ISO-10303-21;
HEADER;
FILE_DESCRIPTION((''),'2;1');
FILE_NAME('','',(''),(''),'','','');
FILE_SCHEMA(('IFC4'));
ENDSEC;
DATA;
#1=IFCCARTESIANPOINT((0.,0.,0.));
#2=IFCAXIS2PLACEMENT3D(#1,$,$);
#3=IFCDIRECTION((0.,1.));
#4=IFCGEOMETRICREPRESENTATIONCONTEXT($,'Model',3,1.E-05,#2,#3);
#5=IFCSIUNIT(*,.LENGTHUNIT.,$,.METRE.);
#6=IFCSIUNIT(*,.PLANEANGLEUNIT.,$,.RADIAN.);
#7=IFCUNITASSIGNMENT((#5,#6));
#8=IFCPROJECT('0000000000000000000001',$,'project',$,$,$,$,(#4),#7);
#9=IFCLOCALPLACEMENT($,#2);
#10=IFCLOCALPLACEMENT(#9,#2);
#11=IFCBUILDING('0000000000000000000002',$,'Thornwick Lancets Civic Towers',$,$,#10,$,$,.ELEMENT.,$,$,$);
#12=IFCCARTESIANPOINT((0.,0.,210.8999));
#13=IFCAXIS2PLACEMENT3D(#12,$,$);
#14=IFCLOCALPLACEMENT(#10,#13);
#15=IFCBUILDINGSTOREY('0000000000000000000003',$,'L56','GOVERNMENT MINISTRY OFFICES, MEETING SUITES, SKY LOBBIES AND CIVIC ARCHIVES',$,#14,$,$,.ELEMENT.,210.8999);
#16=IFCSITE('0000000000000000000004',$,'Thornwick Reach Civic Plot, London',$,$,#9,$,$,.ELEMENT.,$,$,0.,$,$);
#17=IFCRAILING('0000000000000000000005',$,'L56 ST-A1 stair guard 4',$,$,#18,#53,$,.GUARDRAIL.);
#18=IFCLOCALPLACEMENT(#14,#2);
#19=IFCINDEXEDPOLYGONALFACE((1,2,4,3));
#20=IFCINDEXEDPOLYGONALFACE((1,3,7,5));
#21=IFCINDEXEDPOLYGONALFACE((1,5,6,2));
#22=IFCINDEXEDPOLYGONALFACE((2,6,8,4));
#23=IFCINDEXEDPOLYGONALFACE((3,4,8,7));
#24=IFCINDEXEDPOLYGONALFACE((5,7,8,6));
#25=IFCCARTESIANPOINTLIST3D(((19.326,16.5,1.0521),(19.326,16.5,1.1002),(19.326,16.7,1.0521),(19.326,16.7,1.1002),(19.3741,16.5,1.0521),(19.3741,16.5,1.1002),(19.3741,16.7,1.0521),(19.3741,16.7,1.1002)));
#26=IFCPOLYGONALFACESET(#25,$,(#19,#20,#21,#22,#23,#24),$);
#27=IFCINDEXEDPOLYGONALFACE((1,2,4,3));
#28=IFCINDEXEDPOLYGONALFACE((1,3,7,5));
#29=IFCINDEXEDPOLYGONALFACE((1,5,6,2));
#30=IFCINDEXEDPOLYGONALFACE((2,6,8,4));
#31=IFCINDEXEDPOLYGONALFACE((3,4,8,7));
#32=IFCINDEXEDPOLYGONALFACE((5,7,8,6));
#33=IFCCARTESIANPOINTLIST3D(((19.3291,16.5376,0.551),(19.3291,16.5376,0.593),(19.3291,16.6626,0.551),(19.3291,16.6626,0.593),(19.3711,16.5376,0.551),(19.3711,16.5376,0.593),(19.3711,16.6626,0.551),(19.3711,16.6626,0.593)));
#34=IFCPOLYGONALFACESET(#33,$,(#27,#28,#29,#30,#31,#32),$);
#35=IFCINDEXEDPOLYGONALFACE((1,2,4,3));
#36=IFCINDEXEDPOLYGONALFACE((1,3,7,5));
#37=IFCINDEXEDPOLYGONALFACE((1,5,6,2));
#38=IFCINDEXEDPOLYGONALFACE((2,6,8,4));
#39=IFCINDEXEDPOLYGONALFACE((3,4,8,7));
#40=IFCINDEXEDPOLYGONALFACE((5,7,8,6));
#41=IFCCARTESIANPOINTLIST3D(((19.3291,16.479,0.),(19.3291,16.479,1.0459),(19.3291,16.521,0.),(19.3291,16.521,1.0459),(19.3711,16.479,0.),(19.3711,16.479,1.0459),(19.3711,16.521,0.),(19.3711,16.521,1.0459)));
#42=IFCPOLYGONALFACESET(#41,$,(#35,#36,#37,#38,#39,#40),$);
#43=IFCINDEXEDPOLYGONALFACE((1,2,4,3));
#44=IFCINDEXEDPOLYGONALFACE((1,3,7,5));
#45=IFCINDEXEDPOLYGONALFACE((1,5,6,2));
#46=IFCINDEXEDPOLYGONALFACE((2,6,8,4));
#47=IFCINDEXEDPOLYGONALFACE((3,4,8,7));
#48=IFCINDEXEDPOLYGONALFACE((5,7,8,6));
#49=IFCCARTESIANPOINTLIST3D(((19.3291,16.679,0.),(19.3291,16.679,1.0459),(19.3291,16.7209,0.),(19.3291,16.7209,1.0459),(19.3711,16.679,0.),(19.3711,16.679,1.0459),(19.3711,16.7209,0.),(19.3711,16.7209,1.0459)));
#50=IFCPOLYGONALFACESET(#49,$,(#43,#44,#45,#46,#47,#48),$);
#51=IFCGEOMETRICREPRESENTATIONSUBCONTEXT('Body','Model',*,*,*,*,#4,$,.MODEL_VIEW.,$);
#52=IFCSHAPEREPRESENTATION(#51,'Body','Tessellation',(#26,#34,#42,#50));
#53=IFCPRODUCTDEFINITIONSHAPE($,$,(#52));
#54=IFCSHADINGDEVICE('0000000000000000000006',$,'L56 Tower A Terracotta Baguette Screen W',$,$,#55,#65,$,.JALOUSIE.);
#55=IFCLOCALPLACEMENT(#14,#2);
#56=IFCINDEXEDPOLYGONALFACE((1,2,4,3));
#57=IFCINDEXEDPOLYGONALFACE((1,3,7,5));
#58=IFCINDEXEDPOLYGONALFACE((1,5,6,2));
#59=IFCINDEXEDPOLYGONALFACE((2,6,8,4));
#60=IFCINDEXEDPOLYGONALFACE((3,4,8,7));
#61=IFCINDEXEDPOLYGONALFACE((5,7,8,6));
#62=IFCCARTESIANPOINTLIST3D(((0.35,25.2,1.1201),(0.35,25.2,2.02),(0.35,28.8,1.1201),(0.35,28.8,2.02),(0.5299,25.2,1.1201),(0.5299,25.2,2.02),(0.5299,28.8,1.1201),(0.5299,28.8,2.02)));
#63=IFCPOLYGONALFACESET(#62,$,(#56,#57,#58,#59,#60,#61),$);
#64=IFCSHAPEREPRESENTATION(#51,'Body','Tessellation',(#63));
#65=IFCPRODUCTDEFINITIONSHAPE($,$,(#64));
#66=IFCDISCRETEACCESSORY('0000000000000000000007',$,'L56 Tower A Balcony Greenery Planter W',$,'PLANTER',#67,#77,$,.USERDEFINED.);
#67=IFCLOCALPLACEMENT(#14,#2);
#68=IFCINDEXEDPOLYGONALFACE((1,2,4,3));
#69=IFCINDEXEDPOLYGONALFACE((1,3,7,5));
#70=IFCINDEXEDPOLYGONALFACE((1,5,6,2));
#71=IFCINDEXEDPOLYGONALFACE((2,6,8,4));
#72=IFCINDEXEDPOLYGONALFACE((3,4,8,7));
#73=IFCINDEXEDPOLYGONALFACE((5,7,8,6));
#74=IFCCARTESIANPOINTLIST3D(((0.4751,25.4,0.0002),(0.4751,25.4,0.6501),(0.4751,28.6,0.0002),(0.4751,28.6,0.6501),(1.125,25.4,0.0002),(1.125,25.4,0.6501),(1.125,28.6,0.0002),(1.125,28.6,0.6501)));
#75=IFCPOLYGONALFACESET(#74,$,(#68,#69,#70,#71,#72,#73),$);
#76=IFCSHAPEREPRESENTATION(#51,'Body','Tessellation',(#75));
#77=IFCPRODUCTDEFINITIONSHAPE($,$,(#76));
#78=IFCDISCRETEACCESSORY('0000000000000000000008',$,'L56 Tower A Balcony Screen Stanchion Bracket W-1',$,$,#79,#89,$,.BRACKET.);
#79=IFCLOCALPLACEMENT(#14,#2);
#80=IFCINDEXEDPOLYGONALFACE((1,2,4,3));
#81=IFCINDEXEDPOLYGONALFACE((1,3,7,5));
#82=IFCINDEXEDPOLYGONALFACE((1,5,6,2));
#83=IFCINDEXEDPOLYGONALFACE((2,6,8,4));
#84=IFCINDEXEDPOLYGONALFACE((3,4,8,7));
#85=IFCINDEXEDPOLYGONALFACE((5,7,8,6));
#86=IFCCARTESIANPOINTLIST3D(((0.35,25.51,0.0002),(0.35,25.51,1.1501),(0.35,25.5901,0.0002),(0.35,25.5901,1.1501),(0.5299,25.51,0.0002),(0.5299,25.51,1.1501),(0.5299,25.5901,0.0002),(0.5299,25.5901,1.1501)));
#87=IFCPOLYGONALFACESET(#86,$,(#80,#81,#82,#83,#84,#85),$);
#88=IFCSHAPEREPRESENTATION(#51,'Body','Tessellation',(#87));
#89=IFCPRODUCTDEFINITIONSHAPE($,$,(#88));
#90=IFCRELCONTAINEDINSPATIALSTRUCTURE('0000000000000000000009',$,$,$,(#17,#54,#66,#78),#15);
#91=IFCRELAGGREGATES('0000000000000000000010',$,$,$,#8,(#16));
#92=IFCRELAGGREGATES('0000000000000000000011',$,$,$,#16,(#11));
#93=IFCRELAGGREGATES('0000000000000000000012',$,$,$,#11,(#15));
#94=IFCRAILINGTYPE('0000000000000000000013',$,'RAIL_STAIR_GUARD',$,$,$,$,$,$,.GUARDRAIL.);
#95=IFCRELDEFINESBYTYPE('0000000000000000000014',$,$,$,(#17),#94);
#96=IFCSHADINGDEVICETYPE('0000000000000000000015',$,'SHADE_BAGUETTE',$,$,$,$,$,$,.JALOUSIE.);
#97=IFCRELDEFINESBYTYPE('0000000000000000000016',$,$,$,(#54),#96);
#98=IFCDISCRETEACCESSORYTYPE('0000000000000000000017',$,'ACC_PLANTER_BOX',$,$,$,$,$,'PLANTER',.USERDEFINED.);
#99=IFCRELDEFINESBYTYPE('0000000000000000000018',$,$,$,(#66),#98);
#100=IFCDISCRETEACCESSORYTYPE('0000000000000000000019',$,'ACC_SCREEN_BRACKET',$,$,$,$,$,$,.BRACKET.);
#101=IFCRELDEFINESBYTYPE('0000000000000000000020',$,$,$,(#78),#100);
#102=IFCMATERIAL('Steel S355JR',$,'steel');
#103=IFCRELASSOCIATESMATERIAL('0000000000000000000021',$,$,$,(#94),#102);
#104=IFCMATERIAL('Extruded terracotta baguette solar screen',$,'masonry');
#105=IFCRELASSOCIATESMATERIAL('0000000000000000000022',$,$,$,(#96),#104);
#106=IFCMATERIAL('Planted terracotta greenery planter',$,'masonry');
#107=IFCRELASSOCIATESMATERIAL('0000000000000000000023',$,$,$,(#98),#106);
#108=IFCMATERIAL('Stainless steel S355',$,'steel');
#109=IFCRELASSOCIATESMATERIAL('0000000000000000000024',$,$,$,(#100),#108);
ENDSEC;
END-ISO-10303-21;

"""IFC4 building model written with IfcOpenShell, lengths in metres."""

from ifc_helpers import new_model, si_unit, direction, frame, origin, origin_2d, place, context, subcontext, project, spatial, rectangle, extrude, material, type_object, element, save


model = new_model("IFC4")

# Units and contexts
model_context = context("Model", 3, precision=1e-05, world=origin(), true_north=direction((0.0, 1.0)))
body_context = subcontext(model_context, "Body", "Model", "MODEL_VIEW")
ifc_project = project(units=[si_unit("LENGTHUNIT", "METRE"), si_unit("PLANEANGLEUNIT", "RADIAN")], contexts=[model_context])

# Site, building, storey
site_placement = place(None, origin())
site = spatial("IfcSite", under=ifc_project, at=site_placement, Name="Thornwick Reach Civic Plot, London", CompositionType="ELEMENT", RefElevation=0.0)
building_placement = place(site_placement, origin())
building = spatial("IfcBuilding", under=site, at=building_placement, Name="Thornwick Lancets Civic Towers", CompositionType="ELEMENT")
storey_placement = place(building_placement, frame((0.0, 0.0, 210.8999)))
storey = spatial("IfcBuildingStorey", under=building, at=storey_placement, Name="L56", Description="GOVERNMENT MINISTRY OFFICES, MEETING SUITES, SKY LOBBIES AND CIVIC ARCHIVES", CompositionType="ELEMENT", Elevation=210.8999)

# Shared definitions
ifc_material_1 = material(Name="Steel S355JR", Category="steel")

# Railing
railing_type_1 = type_object("IfcRailingType", Name="RAIL_STAIR_GUARD", PredefinedType="GUARDRAIL", material=ifc_material_1)
railing_1_placement = place(storey_placement, frame((19.3501, 16.5, 0.0)))
element("IfcRailing", 1, at=railing_1_placement, inside=storey, type_object=railing_type_1, Name="L56 ST-A1 stair guard 4", PredefinedType="GUARDRAIL", context=body_context, shape_type="SweptSolid", body=[
    extrude(rectangle(XDim=0.0481, YDim=0.0481, at=origin_2d()), frame((0.0, 0.0, 1.0762), z_axis=(0.0, 1.0, 0.0), x_axis=(-1.0, 0.0, 0.0)), (0.0, 0.0, 1.0), 0.2),
    extrude(rectangle(XDim=0.042, YDim=0.042, at=origin_2d()), frame((0.0, 0.0376, 0.572), z_axis=(0.0, 1.0, 0.0), x_axis=(-1.0, 0.0, 0.0)), (0.0, 0.0, 1.0), 0.125),
    extrude(rectangle(XDim=0.042, YDim=0.042, at=origin_2d()), origin(), (0.0, 0.0, 1.0), 1.0459),
    extrude(rectangle(XDim=0.042, YDim=0.042, at=origin_2d()), frame((0.0, 0.2, 0.0)), (0.0, 0.0, 1.0), 1.0459),
])

# Shading device
ifc_material_2 = material(Name="Extruded terracotta baguette solar screen", Category="masonry")
shading_device_type = type_object("IfcShadingDeviceType", Name="SHADE_BAGUETTE", PredefinedType="JALOUSIE", material=ifc_material_2)
shading_device_placement = place(storey_placement, frame((0.4399, 27.0, 1.1201), z_axis=(0.0, 0.0, 1.0), x_axis=(0.0, 1.0, 0.0)))
element("IfcShadingDevice", 2, at=shading_device_placement, inside=storey, type_object=shading_device_type, Name="L56 Tower A Terracotta Baguette Screen W", PredefinedType="JALOUSIE", context=body_context, shape_type="SweptSolid", body=[
    extrude(rectangle(XDim=3.6001, YDim=0.1799, at=origin_2d()), origin(), (0.0, 0.0, 1.0), 0.8999),
])

# Discrete accessories
ifc_material_3 = material(Name="Planted terracotta greenery planter", Category="masonry")
discrete_accessory_type_1 = type_object("IfcDiscreteAccessoryType", Name="ACC_PLANTER_BOX", ElementType="PLANTER", PredefinedType="USERDEFINED", material=ifc_material_3)
discrete_accessory_1_placement = place(storey_placement, frame((0.8, 27.0, 0.0002), z_axis=(0.0, 0.0, 1.0), x_axis=(1.0, 0.0, 0.0)))
element("IfcDiscreteAccessory", 3, at=discrete_accessory_1_placement, inside=storey, type_object=discrete_accessory_type_1, Name="L56 Tower A Balcony Greenery Planter W", ObjectType="PLANTER", PredefinedType="USERDEFINED", context=body_context, shape_type="SweptSolid", body=[
    extrude(rectangle(XDim=0.6499, YDim=3.2, at=origin_2d()), origin(), (0.0, 0.0, 1.0), 0.6499),
])
ifc_material_4 = material(Name="Stainless steel S355", Category="steel")
discrete_accessory_type_2 = type_object("IfcDiscreteAccessoryType", Name="ACC_SCREEN_BRACKET", PredefinedType="BRACKET", material=ifc_material_4)
discrete_accessory_2_placement = place(storey_placement, frame((0.4399, 25.55, 0.0002), z_axis=(0.0, 0.0, 1.0), x_axis=(0.0, 1.0, 0.0)))
element("IfcDiscreteAccessory", 4, at=discrete_accessory_2_placement, inside=storey, type_object=discrete_accessory_type_2, Name="L56 Tower A Balcony Screen Stanchion Bracket W-1", PredefinedType="BRACKET", context=body_context, shape_type="SweptSolid", body=[
    extrude(rectangle(XDim=0.0801, YDim=0.1799, at=origin_2d()), origin(), (0.0, 0.0, 1.0), 1.1499),
])

save(model, "model.ifc")
